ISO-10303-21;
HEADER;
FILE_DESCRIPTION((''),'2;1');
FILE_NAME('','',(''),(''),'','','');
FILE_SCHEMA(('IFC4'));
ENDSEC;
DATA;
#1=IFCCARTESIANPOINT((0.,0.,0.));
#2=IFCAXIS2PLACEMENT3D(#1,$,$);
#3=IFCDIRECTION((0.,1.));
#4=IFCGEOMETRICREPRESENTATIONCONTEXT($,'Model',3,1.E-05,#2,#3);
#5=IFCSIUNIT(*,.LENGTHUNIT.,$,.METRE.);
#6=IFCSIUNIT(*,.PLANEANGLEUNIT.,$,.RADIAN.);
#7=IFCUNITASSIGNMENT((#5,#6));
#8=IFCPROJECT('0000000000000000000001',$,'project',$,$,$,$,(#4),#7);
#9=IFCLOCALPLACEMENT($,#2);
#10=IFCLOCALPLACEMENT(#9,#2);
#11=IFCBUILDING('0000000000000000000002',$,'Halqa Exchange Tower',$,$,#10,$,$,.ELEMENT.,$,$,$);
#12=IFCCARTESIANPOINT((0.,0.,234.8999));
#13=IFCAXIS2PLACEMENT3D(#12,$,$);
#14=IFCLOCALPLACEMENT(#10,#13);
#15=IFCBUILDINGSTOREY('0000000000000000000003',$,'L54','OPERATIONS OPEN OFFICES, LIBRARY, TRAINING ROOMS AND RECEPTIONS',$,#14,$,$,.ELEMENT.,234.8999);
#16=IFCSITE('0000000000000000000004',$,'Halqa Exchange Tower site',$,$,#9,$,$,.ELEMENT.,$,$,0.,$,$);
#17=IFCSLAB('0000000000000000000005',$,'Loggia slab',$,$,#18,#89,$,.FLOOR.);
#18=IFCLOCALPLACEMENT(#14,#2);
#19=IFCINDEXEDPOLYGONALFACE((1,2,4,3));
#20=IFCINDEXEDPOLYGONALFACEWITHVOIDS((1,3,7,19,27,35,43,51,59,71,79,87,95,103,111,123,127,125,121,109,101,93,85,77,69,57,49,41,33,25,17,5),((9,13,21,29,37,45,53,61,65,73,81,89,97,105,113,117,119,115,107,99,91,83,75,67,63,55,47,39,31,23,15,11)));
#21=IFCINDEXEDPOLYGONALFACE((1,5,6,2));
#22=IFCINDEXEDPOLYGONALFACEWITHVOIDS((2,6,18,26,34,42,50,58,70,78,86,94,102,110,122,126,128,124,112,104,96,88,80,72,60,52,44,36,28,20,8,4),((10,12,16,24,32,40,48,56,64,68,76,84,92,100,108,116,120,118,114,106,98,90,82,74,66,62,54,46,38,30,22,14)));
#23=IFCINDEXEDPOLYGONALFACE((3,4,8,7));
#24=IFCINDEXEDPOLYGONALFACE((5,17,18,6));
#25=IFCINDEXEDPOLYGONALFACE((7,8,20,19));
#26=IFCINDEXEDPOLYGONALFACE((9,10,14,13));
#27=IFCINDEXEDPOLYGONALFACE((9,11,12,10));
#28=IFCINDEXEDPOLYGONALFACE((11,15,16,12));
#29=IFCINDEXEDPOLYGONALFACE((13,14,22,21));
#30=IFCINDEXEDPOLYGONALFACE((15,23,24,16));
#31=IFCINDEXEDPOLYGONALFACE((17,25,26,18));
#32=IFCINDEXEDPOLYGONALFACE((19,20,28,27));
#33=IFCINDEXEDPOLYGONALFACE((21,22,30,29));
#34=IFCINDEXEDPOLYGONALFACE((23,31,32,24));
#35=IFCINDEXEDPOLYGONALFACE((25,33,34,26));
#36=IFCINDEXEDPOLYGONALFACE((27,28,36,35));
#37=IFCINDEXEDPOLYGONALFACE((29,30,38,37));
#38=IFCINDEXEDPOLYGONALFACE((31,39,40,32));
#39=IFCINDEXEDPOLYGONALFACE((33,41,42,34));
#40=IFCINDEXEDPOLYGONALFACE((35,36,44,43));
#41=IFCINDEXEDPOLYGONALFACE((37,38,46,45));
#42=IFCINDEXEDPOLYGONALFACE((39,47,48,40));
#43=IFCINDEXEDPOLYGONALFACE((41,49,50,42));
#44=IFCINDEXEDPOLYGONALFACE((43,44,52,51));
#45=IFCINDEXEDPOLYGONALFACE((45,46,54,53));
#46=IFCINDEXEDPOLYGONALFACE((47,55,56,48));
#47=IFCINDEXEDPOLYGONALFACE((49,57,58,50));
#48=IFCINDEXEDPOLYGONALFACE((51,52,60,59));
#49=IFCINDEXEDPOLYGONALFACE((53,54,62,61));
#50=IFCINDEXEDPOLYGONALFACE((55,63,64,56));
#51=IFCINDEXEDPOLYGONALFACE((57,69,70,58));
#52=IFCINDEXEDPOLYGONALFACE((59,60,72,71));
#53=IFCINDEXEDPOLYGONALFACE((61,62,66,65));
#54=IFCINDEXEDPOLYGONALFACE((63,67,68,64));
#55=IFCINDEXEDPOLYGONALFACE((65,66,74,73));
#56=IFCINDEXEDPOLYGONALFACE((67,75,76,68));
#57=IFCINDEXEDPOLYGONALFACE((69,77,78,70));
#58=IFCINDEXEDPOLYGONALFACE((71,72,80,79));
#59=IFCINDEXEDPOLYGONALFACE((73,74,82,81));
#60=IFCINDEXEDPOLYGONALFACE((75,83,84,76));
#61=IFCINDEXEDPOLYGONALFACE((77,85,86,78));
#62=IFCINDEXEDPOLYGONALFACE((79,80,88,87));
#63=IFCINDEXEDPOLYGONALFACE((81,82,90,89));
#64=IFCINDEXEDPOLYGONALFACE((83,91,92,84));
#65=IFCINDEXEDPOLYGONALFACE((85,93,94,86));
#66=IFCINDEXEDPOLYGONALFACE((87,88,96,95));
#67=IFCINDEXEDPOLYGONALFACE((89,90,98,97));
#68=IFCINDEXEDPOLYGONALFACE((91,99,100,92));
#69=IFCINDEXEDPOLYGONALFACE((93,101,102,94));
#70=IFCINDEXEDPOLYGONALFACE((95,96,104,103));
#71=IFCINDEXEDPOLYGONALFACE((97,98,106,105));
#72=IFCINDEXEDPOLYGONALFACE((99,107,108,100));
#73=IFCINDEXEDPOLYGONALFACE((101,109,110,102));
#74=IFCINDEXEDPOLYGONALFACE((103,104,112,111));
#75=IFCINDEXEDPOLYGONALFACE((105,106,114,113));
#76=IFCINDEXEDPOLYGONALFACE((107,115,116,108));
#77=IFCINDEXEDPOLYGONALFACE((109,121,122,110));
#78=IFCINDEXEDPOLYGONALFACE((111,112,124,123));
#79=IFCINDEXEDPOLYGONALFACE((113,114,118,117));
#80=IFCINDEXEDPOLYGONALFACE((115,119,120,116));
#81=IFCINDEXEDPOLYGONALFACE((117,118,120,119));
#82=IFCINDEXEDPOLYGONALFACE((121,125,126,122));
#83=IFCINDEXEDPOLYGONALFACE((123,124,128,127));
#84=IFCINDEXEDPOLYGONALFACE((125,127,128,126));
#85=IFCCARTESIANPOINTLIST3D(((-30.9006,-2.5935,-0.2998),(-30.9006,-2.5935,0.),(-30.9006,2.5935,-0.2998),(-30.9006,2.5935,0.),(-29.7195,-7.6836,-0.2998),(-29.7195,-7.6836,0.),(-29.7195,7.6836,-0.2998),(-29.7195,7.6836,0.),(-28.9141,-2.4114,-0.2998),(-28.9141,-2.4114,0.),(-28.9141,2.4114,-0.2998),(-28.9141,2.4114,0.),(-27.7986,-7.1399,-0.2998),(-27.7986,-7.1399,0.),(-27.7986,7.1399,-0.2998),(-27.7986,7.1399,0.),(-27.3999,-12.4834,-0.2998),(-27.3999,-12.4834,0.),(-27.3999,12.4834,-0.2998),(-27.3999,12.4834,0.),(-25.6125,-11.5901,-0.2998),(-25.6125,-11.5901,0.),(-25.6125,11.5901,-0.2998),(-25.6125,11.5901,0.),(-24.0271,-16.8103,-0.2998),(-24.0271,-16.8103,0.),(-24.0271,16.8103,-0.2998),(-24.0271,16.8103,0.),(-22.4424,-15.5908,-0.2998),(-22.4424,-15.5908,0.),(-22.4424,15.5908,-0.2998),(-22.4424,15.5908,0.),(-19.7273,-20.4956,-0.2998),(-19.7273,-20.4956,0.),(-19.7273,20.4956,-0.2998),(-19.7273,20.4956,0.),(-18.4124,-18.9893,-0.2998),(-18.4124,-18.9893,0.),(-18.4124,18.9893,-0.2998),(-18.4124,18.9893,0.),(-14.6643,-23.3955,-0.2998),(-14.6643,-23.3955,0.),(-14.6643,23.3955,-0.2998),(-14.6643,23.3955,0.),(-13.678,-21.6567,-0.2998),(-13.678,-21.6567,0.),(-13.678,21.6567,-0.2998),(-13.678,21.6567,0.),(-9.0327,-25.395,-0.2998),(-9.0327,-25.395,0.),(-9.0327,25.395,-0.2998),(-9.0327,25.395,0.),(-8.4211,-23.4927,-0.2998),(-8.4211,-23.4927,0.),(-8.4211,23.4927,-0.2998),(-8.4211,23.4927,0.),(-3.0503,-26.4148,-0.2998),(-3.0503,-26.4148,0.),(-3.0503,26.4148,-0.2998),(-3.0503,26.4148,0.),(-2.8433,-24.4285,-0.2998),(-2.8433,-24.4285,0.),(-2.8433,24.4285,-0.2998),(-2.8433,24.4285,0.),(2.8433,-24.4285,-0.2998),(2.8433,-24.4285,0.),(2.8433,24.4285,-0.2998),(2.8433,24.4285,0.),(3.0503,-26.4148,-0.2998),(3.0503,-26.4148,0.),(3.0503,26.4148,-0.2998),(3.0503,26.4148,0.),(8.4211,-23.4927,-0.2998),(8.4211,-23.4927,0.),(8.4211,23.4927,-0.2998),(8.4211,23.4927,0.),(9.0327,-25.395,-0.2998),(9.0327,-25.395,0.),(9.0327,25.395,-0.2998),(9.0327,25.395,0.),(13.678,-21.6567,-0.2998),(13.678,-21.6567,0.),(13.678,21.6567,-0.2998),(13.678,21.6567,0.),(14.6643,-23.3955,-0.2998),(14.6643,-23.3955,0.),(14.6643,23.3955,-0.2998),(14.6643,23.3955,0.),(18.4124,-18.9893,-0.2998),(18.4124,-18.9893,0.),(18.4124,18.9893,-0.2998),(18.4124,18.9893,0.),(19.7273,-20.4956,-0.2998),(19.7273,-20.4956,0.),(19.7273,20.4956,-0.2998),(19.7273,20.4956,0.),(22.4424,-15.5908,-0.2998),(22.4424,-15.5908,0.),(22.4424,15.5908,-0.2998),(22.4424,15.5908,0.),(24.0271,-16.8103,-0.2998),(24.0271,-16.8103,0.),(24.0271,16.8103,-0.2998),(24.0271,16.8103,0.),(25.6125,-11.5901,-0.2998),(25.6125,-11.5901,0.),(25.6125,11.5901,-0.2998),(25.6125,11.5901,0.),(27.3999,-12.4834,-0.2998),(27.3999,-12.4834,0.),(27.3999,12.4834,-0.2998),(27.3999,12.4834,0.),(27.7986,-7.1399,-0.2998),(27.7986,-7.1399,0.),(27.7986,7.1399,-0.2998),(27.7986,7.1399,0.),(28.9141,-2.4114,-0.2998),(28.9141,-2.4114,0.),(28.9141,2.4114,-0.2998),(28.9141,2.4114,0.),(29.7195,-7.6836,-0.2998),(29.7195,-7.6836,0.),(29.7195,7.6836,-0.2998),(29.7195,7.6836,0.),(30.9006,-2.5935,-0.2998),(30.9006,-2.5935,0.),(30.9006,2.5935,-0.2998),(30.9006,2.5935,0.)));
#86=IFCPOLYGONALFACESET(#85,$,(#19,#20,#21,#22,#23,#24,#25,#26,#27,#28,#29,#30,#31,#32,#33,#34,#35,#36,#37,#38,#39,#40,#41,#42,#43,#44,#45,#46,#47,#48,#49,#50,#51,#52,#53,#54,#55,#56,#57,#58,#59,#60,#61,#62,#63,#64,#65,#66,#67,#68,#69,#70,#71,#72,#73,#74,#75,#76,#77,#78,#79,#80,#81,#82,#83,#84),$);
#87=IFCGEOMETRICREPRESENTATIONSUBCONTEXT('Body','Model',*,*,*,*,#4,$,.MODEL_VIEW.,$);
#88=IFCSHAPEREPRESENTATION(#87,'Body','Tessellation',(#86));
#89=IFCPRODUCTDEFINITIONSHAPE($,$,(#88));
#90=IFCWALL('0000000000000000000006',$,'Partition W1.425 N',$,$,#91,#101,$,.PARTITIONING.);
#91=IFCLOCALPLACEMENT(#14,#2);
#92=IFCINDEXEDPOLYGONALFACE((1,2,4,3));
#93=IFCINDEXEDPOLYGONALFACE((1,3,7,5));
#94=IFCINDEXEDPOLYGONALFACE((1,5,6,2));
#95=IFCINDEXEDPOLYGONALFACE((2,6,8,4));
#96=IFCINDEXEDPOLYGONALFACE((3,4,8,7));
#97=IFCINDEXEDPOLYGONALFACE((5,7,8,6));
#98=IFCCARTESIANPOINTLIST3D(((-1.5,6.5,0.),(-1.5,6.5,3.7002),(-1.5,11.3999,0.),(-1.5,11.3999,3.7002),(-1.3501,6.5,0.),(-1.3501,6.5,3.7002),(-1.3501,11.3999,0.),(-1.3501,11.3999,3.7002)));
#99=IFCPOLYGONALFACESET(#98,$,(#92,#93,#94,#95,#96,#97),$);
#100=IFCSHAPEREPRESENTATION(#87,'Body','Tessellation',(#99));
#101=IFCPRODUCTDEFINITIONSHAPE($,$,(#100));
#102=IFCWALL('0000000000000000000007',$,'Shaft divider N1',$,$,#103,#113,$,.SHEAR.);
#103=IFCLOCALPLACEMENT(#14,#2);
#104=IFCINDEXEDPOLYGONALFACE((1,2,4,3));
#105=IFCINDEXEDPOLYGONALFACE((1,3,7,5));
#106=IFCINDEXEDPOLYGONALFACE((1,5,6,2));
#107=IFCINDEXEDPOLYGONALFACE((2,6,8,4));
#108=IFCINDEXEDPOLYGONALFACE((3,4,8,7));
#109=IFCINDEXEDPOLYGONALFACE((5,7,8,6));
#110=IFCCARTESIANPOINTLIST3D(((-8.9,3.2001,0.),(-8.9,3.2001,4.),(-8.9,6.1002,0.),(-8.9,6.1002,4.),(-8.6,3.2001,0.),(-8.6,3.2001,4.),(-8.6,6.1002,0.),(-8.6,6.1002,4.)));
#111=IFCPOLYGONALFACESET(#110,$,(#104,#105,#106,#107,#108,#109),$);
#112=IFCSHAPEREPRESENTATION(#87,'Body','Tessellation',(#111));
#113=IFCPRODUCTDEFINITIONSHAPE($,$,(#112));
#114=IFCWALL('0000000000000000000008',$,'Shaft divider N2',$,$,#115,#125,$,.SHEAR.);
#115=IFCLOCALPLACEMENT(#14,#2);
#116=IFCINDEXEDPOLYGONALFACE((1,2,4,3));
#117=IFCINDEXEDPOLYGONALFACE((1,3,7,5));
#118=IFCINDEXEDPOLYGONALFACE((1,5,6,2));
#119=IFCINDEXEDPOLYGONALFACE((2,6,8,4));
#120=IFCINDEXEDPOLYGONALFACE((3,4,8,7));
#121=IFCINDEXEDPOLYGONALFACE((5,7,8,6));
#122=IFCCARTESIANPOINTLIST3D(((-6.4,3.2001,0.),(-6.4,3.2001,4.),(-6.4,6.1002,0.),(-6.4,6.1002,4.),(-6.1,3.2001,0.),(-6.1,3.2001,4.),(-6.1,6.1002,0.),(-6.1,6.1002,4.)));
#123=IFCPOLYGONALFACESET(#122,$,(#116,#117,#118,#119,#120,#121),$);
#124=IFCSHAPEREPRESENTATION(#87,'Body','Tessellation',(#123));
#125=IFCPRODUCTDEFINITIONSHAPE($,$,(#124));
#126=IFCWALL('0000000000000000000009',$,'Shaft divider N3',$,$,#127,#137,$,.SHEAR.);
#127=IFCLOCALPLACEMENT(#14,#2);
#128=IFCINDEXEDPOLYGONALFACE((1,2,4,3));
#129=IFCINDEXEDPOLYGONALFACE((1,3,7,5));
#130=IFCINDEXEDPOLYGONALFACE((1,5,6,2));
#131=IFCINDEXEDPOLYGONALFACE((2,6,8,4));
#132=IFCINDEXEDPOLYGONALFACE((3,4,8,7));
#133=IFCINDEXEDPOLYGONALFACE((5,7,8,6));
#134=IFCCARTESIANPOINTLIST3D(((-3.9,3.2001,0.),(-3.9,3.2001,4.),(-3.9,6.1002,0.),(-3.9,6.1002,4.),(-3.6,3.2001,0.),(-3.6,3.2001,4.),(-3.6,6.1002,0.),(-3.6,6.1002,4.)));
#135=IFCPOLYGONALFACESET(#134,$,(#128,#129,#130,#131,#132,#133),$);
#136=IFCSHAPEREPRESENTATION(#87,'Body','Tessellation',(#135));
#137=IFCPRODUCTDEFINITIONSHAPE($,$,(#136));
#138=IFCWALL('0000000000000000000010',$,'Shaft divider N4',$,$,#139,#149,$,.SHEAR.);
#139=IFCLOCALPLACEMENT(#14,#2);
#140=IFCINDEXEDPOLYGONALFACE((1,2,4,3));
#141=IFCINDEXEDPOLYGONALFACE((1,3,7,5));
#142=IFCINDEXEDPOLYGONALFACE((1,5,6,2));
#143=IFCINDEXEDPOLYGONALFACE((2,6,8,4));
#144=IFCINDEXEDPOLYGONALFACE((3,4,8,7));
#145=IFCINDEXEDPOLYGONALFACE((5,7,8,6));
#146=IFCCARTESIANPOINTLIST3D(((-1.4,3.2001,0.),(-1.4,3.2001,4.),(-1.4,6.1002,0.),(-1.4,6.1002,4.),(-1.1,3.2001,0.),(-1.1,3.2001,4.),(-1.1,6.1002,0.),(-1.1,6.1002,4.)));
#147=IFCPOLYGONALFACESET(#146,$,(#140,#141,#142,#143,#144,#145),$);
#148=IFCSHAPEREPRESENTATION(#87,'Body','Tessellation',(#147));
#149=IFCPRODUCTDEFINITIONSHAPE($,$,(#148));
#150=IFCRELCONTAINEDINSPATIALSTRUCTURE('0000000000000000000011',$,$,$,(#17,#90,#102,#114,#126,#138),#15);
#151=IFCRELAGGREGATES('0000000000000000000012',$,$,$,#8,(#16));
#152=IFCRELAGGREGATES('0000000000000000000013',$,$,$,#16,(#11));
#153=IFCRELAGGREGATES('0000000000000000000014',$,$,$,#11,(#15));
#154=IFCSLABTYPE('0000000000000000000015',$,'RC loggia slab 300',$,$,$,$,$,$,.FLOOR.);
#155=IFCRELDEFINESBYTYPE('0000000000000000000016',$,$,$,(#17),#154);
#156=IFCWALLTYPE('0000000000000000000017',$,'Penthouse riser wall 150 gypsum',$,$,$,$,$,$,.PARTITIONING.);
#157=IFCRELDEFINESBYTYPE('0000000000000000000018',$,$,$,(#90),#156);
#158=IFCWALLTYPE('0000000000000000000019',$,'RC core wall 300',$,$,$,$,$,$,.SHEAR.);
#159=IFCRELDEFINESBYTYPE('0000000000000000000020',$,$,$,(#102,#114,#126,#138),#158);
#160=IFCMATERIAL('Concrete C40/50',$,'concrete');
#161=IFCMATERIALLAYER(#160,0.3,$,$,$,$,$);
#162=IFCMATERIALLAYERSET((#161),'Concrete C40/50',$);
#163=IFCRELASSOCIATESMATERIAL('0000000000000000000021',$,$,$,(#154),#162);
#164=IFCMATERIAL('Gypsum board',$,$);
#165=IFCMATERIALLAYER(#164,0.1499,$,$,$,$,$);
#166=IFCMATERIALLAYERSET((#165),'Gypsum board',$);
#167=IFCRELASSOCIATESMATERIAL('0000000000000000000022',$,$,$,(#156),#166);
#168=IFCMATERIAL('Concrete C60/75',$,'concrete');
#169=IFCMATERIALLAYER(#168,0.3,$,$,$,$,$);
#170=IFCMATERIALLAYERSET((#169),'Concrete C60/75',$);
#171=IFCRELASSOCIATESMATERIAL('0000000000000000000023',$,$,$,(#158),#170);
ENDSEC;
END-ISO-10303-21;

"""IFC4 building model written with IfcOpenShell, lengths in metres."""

from ifc_helpers import new_model, si_unit, direction, frame, frame_2d, origin, place, context, subcontext, project, spatial, polyline, rectangle, outline, extrude, material, layer, layer_set, type_object, element, save


model = new_model("IFC4")

# Units and contexts
model_context = context("Model", 3, precision=1e-05, world=origin(), true_north=direction((0.0, 1.0)))
body_context = subcontext(model_context, "Body", "Model", "MODEL_VIEW")
ifc_project = project(units=[si_unit("LENGTHUNIT", "METRE"), si_unit("PLANEANGLEUNIT", "RADIAN")], contexts=[model_context])

# Site, building, storey
site_placement = place(None, origin())
site = spatial("IfcSite", under=ifc_project, at=site_placement, Name="Halqa Exchange Tower site", CompositionType="ELEMENT", RefElevation=0.0)
building_placement = place(site_placement, origin())
building = spatial("IfcBuilding", under=site, at=building_placement, Name="Halqa Exchange Tower", CompositionType="ELEMENT")
storey_placement = place(building_placement, frame((0.0, 0.0, 234.8999)))
storey = spatial("IfcBuildingStorey", under=building, at=storey_placement, Name="L54", Description="OPERATIONS OPEN OFFICES, LIBRARY, TRAINING ROOMS AND RECEPTIONS", CompositionType="ELEMENT", Elevation=234.8999)

# Slab
ifc_material_1 = material(Name="Concrete C60/75", Category="concrete")
ifc_material_2 = material(Name="Concrete C40/50", Category="concrete")
ifc_layer_1 = layer(ifc_material_2, 0.3)
ifc_layer_set_1 = layer_set([ifc_layer_1], Name="Concrete C40/50")
slab_type_1 = type_object("IfcSlabType", Name="RC loggia slab 300", PredefinedType="FLOOR", material=ifc_layer_set_1)
slab_1_placement = place(storey_placement, frame((0.0, 0.0, -0.2998)))
element("IfcSlab", 1, at=slab_1_placement, inside=storey, type_object=slab_type_1, Name="Loggia slab", PredefinedType="FLOOR", context=body_context, shape_type="SweptSolid", body=[
    extrude(outline(polyline([(30.9006, 2.5935), (30.9006, -2.5935), (29.7195, -7.6836), (27.3999, -12.4834), (24.0271, -16.8103), (19.7273, -20.4956), (14.6643, -23.3955), (9.0327, -25.395), (3.0503, -26.4148), (-3.0503, -26.4148), (-9.0327, -25.395), (-14.6643, -23.3955), (-19.7273, -20.4956), (-24.0271, -16.8103), (-27.3999, -12.4834), (-29.7195, -7.6836), (-30.9006, -2.5935), (-30.9006, 2.5935), (-29.7195, 7.6836), (-27.3999, 12.4834), (-24.0271, 16.8103), (-19.7273, 20.4956), (-14.6643, 23.3955), (-9.0327, 25.395), (-3.0503, 26.4148), (3.0503, 26.4148), (9.0327, 25.395), (14.6643, 23.3955), (19.7273, 20.4956), (24.0271, 16.8103), (27.3999, 12.4834), (29.7195, 7.6836), (30.9006, 2.5935)]), holes=[polyline([(28.9141, 2.4114), (27.7986, 7.1399), (25.6125, 11.5901), (22.4424, 15.5908), (18.4124, 18.9893), (13.678, 21.6567), (8.4211, 23.4927), (2.8433, 24.4285), (-2.8433, 24.4285), (-8.4211, 23.4927), (-13.678, 21.6567), (-18.4124, 18.9893), (-22.4424, 15.5908), (-25.6125, 11.5901), (-27.7986, 7.1399), (-28.9141, 2.4114), (-28.9141, -2.4114), (-27.7986, -7.1399), (-25.6125, -11.5901), (-22.4424, -15.5908), (-18.4124, -18.9893), (-13.678, -21.6567), (-8.4211, -23.4927), (-2.8433, -24.4285), (2.8433, -24.4285), (8.4211, -23.4927), (13.678, -21.6567), (18.4124, -18.9893), (22.4424, -15.5908), (25.6125, -11.5901), (27.7986, -7.1399), (28.9141, -2.4114), (28.9141, 2.4114)])]), origin(), (0.0, 0.0, 1.0), 0.2998),
])

# Walls
ifc_material_3 = material(Name="Gypsum board")
ifc_layer_2 = layer(ifc_material_3, 0.1499)
ifc_layer_set_2 = layer_set([ifc_layer_2], Name="Gypsum board")
wall_type_1 = type_object("IfcWallType", Name="Penthouse riser wall 150 gypsum", PredefinedType="PARTITIONING", material=ifc_layer_set_2)
wall_1_placement = place(storey_placement, frame((-1.425, 6.5, 0.0), z_axis=(0.0, 0.0, 1.0), x_axis=(0.0, 1.0, 0.0)))
element("IfcWall", 2, at=wall_1_placement, inside=storey, type_object=wall_type_1, Name="Partition W1.425 N", PredefinedType="PARTITIONING", context=body_context, shape_type="SweptSolid", body=[
    extrude(rectangle(XDim=4.8999, YDim=0.1499, at=frame_2d((2.45, 0.0))), origin(), (0.0, 0.0, 1.0), 3.7002),
])
ifc_layer_3 = layer(ifc_material_1, 0.3)
ifc_layer_set_3 = layer_set([ifc_layer_3], Name="Concrete C60/75")
wall_type_2 = type_object("IfcWallType", Name="RC core wall 300", PredefinedType="SHEAR", material=ifc_layer_set_3)
for number, where, z_axis, x_axis, name in (
    (3, (-8.75, 3.2, 0.0), (0.0, 0.0, 1.0), (0.0, 1.0, 0.0), "Shaft divider N1"),
    (4, (-6.25, 3.2, 0.0), (0.0, 0.0, 1.0), (0.0, 1.0, 0.0), "Shaft divider N2"),
    (5, (-3.75, 3.2, 0.0), (0.0, 0.0, 1.0), (0.0, 1.0, 0.0), "Shaft divider N3"),
    (6, (-1.25, 3.2, 0.0), (0.0, 0.0, 1.0), (0.0, 1.0, 0.0), "Shaft divider N4"),
):
    element("IfcWall", number, at=place(storey_placement, frame(where, z_axis=z_axis, x_axis=x_axis)), inside=storey, type_object=wall_type_2, Name=name, PredefinedType="SHEAR", context=body_context, shape_type="SweptSolid", body=[
        extrude(rectangle(XDim=2.9001, YDim=0.3, at=frame_2d((1.4502, 0.0))), origin(), (0.0, 0.0, 1.0), 4.0),
    ])

save(model, "model.ifc")
